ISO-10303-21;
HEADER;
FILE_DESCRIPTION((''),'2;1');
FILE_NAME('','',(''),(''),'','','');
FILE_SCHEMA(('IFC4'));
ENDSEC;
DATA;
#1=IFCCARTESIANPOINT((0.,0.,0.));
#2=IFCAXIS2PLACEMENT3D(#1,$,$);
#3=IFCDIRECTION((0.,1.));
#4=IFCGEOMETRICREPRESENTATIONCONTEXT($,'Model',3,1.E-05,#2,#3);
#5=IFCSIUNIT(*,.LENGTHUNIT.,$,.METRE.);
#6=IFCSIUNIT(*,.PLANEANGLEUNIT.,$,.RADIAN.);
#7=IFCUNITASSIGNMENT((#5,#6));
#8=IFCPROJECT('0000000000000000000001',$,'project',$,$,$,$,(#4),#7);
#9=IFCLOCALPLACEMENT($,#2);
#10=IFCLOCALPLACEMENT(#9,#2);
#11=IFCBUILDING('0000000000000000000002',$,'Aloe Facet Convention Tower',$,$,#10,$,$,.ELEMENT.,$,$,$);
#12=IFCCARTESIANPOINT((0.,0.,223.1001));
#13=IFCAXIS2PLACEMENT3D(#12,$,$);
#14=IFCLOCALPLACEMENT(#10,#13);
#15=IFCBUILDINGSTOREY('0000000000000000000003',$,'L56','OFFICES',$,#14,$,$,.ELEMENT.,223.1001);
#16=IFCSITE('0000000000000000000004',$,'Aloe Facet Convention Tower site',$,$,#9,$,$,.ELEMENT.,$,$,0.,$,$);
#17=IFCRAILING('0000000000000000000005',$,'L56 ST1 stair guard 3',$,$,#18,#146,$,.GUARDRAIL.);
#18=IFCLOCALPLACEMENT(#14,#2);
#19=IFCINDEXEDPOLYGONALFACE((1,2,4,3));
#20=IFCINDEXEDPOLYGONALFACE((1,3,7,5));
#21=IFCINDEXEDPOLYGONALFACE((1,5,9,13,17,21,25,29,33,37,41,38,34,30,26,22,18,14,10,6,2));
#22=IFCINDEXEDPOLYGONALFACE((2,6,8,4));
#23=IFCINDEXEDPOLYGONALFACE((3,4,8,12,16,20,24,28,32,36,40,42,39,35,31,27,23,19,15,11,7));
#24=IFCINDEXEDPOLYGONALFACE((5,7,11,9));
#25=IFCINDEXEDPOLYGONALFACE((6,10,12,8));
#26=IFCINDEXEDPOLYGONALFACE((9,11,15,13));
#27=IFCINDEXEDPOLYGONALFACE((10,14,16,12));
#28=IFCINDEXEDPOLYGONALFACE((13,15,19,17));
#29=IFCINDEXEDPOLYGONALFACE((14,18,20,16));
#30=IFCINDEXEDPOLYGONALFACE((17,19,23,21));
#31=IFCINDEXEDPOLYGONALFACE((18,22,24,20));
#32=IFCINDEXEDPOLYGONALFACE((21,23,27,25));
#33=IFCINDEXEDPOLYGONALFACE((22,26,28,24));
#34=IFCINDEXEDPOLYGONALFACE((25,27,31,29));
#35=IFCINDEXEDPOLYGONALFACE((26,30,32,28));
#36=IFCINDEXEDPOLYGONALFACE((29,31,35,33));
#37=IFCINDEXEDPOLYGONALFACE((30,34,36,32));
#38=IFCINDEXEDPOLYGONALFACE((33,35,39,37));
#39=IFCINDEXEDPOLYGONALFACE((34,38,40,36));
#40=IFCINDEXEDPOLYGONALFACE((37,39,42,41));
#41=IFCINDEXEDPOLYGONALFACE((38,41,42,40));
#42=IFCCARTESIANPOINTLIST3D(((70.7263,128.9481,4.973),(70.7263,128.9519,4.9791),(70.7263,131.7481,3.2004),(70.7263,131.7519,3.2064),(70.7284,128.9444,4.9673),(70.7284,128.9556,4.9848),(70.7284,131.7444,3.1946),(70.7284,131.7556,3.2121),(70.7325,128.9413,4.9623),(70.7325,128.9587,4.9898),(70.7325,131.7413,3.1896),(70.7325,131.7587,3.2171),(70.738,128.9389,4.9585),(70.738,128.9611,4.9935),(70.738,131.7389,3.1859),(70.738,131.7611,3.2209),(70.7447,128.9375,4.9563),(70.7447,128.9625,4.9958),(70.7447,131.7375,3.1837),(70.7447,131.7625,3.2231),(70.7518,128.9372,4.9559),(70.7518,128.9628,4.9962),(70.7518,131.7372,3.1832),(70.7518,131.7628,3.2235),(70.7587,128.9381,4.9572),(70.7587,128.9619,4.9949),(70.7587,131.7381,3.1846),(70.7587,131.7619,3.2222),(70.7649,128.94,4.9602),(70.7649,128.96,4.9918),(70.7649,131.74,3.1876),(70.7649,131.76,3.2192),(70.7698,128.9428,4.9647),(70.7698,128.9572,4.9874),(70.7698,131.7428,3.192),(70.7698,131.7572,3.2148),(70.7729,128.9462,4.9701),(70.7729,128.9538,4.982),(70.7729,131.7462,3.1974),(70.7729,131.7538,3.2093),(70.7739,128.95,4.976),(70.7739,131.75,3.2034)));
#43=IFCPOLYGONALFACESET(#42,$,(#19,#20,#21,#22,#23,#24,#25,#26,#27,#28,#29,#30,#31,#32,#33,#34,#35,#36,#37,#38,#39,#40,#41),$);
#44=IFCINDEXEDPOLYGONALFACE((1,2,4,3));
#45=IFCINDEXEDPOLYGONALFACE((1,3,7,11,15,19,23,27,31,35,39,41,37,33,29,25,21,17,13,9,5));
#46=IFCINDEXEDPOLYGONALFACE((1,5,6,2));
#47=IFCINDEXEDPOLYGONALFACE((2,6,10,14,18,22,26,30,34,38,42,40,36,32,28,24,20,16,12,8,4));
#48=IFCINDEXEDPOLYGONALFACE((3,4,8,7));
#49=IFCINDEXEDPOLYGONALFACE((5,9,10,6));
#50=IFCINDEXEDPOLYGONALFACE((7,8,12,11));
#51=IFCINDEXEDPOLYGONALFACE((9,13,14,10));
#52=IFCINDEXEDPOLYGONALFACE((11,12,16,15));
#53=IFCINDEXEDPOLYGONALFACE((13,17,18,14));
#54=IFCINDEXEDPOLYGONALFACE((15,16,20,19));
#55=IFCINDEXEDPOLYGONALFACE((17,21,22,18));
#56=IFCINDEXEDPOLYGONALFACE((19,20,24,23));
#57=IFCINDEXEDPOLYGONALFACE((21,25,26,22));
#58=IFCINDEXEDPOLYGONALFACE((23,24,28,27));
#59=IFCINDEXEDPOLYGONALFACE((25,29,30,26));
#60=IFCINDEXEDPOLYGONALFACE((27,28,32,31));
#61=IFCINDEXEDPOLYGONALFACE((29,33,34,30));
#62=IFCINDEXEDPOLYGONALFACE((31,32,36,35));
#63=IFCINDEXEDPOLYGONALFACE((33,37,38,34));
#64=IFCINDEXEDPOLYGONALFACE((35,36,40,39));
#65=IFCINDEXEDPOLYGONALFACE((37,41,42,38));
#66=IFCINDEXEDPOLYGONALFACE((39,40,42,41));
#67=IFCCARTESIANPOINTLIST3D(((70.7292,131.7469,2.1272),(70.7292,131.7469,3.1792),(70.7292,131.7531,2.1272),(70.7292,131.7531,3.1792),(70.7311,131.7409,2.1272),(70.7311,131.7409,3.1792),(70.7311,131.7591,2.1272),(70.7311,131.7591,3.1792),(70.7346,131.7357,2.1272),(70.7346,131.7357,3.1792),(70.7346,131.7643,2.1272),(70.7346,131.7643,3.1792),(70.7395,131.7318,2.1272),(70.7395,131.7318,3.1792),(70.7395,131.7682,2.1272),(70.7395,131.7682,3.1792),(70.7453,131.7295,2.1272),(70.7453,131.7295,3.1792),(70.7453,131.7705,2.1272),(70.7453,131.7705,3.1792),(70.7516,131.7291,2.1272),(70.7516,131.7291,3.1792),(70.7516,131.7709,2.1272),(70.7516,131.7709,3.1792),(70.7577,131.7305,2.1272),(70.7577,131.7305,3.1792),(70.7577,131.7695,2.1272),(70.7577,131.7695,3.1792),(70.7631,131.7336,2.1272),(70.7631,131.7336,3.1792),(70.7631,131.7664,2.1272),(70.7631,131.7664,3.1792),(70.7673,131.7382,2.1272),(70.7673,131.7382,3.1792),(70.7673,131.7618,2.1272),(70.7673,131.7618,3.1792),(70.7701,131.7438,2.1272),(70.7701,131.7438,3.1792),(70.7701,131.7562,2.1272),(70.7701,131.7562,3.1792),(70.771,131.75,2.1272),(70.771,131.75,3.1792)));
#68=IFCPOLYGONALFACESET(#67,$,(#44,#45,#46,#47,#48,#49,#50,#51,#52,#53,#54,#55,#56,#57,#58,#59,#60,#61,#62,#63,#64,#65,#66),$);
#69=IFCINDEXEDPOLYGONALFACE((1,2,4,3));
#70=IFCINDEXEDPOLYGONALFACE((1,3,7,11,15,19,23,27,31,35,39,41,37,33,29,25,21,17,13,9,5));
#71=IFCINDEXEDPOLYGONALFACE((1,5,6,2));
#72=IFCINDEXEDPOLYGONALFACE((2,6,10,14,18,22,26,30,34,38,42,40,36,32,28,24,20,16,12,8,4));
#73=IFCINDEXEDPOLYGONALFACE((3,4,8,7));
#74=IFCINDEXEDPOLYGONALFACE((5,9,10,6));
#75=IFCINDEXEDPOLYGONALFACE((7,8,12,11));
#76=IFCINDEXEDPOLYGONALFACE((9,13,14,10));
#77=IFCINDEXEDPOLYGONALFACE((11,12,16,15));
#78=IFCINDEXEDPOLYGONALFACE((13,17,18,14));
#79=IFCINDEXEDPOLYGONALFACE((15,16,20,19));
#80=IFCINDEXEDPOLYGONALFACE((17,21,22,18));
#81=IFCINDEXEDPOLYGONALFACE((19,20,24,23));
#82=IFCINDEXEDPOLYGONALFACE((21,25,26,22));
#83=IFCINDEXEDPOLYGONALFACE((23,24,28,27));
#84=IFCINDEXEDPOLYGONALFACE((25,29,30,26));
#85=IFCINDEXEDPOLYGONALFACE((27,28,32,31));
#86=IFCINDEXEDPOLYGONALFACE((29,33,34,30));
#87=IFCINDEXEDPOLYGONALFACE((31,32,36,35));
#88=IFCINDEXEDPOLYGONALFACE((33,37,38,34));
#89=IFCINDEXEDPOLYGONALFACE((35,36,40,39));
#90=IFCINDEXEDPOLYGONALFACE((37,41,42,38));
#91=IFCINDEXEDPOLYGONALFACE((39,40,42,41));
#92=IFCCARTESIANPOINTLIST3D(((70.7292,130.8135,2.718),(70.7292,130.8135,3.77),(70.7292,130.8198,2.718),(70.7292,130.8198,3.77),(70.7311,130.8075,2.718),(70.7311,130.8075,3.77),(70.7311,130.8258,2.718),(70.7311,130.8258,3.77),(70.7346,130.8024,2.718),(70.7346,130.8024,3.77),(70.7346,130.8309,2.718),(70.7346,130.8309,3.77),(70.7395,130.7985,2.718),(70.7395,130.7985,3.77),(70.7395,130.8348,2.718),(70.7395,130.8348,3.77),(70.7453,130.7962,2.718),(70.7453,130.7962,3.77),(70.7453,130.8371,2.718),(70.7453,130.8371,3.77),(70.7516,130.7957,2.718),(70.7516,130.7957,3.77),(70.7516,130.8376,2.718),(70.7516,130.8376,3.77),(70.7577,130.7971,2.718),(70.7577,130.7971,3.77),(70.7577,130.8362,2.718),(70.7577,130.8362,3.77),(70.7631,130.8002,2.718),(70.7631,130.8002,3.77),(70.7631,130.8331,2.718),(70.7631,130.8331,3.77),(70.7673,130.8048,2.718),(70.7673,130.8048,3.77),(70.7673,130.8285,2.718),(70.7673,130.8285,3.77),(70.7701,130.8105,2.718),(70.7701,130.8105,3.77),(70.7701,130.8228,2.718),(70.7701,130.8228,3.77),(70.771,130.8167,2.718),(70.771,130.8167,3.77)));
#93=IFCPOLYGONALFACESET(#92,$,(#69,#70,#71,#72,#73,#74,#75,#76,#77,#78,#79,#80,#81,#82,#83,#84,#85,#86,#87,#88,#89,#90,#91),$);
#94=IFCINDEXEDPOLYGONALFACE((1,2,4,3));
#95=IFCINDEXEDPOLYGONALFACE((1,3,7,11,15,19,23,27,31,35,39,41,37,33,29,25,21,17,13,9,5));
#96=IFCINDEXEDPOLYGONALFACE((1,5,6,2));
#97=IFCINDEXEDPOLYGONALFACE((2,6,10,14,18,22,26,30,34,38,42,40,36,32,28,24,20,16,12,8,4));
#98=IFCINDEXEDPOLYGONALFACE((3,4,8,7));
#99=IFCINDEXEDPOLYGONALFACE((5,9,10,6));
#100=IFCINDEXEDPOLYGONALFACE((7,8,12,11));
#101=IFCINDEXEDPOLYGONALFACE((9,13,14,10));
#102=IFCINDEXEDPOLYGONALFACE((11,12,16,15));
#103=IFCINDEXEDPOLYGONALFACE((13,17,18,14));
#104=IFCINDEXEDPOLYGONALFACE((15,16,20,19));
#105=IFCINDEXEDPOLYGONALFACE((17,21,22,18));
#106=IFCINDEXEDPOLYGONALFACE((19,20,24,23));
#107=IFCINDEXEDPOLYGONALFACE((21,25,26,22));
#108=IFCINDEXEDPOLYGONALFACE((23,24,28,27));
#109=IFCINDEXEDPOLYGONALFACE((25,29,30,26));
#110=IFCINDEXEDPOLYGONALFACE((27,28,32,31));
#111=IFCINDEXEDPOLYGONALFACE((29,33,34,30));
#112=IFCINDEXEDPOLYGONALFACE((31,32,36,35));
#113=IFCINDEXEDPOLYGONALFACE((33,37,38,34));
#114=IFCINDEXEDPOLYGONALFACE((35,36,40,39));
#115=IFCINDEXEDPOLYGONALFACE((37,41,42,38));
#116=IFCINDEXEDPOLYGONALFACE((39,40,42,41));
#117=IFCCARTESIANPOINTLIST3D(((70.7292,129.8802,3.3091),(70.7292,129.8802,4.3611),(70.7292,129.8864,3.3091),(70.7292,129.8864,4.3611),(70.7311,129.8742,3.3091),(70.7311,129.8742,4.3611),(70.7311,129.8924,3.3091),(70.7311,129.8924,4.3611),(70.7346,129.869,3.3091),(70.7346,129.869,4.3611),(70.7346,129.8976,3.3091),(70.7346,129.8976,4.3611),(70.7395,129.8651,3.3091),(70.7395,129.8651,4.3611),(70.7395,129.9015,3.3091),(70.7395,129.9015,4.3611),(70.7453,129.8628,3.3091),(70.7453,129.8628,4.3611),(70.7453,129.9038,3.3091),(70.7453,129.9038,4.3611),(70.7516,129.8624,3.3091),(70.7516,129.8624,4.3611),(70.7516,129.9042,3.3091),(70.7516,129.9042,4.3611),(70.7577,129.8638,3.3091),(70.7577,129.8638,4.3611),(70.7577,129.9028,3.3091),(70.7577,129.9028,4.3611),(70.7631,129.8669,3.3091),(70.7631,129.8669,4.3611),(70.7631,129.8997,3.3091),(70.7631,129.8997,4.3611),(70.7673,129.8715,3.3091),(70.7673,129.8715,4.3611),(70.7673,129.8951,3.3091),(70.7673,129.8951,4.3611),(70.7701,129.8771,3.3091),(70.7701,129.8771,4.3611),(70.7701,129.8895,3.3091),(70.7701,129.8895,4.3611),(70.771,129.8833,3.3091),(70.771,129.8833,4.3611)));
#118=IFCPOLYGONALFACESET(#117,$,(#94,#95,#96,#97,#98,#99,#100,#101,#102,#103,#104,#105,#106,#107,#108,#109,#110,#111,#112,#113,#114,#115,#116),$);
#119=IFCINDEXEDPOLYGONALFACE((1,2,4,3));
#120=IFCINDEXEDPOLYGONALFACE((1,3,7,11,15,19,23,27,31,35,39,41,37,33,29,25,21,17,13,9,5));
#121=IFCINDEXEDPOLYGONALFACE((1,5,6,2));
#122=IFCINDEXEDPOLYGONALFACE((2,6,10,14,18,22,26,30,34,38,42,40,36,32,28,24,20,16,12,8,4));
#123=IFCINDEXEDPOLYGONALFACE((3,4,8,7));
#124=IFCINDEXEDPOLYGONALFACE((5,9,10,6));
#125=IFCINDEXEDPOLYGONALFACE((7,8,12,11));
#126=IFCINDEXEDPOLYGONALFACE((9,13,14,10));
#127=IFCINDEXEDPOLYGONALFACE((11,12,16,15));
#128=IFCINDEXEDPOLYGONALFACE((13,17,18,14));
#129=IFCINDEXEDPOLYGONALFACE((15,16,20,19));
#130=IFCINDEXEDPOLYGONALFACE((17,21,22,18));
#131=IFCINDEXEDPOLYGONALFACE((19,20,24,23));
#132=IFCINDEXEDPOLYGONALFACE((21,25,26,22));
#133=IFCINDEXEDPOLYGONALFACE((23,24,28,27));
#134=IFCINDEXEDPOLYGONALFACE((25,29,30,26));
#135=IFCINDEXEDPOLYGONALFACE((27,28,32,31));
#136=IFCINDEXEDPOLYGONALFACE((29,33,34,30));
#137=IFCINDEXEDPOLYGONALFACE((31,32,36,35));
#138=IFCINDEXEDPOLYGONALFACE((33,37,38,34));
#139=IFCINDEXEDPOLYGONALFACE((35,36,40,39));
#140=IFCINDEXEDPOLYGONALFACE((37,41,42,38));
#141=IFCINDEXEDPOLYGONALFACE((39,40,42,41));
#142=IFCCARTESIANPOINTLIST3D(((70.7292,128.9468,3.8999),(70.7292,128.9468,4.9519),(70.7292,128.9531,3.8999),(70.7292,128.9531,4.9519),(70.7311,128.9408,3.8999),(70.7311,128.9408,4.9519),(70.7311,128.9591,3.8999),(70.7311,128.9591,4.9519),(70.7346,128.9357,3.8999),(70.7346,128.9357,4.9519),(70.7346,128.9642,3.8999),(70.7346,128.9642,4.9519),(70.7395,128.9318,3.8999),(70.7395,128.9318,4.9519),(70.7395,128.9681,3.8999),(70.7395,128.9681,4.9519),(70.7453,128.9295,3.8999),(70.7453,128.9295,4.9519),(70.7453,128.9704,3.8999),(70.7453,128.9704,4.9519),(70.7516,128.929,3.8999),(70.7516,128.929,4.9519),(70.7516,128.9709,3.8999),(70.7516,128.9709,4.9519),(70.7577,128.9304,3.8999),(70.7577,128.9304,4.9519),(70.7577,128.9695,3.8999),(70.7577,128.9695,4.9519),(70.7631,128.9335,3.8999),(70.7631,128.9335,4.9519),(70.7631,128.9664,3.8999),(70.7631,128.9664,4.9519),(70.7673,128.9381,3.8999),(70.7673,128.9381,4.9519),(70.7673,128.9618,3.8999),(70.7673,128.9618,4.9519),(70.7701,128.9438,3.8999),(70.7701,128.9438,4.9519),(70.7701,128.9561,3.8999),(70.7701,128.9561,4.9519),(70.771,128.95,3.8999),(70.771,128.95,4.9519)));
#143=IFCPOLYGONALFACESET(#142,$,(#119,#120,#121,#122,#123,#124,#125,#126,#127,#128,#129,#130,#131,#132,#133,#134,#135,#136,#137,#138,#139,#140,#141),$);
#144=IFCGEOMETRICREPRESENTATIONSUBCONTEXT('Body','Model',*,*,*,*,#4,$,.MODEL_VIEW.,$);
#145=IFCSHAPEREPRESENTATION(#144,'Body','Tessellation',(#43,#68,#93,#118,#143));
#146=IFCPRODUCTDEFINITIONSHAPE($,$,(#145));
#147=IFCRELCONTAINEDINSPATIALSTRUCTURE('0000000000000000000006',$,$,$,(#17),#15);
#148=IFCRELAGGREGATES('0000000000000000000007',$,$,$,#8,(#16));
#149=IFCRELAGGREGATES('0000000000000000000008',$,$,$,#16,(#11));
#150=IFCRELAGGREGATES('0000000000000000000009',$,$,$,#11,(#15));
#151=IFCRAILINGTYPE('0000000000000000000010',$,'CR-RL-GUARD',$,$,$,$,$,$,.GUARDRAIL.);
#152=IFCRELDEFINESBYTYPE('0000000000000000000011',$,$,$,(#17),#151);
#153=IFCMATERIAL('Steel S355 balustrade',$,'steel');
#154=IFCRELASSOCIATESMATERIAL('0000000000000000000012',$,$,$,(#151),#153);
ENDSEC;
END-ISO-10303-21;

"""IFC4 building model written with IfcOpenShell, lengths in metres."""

from ifc_helpers import new_model, si_unit, direction, frame, origin, origin_2d, place, context, subcontext, project, spatial, circle, extrude, material, type_object, element, save


model = new_model("IFC4")

# Units and contexts
model_context = context("Model", 3, precision=1e-05, world=origin(), true_north=direction((0.0, 1.0)))
body_context = subcontext(model_context, "Body", "Model", "MODEL_VIEW")
ifc_project = project(units=[si_unit("LENGTHUNIT", "METRE"), si_unit("PLANEANGLEUNIT", "RADIAN")], contexts=[model_context])

# Site, building, storey
site_placement = place(None, origin())
site = spatial("IfcSite", under=ifc_project, at=site_placement, Name="Aloe Facet Convention Tower site", CompositionType="ELEMENT", RefElevation=0.0)
building_placement = place(site_placement, origin())
building = spatial("IfcBuilding", under=site, at=building_placement, Name="Aloe Facet Convention Tower", CompositionType="ELEMENT")
storey_placement = place(building_placement, frame((0.0, 0.0, 223.1001)))
storey = spatial("IfcBuildingStorey", under=building, at=storey_placement, Name="L56", Description="OFFICES", CompositionType="ELEMENT", Elevation=223.1001)

# Railing
ifc_material_1 = material(Name="Steel S355 balustrade", Category="steel")
railing_type_1 = type_object("IfcRailingType", Name="CR-RL-GUARD", PredefinedType="GUARDRAIL", material=ifc_material_1)
railing_1_placement = place(storey_placement, frame((70.75, 131.75, 2.1272)))
element("IfcRailing", 1, at=railing_1_placement, inside=storey, type_object=railing_type_1, Name="L56 ST1 stair guard 3", PredefinedType="GUARDRAIL", context=body_context, shape_type="SweptSolid", body=[
    extrude(circle(Radius=0.0239, at=origin_2d()), frame((0.0, 0.0, 1.0762), z_axis=(0.0, -0.844909, 0.53491), x_axis=(1.0, 0.0, 0.0)), (0.0, 0.0, 1.0), 3.314),
    extrude(circle(Radius=0.021, at=origin_2d()), origin(), (0.0, 0.0, 1.0), 1.052),
    extrude(circle(Radius=0.021, at=origin_2d()), frame((0.0, -0.9333, 0.5908)), (0.0, 0.0, 1.0), 1.052),
    extrude(circle(Radius=0.021, at=origin_2d()), frame((0.0, -1.8667, 1.1819)), (0.0, 0.0, 1.0), 1.052),
    extrude(circle(Radius=0.021, at=origin_2d()), frame((0.0, -2.8, 1.7727)), (0.0, 0.0, 1.0), 1.052),
])

save(model, "model.ifc")
